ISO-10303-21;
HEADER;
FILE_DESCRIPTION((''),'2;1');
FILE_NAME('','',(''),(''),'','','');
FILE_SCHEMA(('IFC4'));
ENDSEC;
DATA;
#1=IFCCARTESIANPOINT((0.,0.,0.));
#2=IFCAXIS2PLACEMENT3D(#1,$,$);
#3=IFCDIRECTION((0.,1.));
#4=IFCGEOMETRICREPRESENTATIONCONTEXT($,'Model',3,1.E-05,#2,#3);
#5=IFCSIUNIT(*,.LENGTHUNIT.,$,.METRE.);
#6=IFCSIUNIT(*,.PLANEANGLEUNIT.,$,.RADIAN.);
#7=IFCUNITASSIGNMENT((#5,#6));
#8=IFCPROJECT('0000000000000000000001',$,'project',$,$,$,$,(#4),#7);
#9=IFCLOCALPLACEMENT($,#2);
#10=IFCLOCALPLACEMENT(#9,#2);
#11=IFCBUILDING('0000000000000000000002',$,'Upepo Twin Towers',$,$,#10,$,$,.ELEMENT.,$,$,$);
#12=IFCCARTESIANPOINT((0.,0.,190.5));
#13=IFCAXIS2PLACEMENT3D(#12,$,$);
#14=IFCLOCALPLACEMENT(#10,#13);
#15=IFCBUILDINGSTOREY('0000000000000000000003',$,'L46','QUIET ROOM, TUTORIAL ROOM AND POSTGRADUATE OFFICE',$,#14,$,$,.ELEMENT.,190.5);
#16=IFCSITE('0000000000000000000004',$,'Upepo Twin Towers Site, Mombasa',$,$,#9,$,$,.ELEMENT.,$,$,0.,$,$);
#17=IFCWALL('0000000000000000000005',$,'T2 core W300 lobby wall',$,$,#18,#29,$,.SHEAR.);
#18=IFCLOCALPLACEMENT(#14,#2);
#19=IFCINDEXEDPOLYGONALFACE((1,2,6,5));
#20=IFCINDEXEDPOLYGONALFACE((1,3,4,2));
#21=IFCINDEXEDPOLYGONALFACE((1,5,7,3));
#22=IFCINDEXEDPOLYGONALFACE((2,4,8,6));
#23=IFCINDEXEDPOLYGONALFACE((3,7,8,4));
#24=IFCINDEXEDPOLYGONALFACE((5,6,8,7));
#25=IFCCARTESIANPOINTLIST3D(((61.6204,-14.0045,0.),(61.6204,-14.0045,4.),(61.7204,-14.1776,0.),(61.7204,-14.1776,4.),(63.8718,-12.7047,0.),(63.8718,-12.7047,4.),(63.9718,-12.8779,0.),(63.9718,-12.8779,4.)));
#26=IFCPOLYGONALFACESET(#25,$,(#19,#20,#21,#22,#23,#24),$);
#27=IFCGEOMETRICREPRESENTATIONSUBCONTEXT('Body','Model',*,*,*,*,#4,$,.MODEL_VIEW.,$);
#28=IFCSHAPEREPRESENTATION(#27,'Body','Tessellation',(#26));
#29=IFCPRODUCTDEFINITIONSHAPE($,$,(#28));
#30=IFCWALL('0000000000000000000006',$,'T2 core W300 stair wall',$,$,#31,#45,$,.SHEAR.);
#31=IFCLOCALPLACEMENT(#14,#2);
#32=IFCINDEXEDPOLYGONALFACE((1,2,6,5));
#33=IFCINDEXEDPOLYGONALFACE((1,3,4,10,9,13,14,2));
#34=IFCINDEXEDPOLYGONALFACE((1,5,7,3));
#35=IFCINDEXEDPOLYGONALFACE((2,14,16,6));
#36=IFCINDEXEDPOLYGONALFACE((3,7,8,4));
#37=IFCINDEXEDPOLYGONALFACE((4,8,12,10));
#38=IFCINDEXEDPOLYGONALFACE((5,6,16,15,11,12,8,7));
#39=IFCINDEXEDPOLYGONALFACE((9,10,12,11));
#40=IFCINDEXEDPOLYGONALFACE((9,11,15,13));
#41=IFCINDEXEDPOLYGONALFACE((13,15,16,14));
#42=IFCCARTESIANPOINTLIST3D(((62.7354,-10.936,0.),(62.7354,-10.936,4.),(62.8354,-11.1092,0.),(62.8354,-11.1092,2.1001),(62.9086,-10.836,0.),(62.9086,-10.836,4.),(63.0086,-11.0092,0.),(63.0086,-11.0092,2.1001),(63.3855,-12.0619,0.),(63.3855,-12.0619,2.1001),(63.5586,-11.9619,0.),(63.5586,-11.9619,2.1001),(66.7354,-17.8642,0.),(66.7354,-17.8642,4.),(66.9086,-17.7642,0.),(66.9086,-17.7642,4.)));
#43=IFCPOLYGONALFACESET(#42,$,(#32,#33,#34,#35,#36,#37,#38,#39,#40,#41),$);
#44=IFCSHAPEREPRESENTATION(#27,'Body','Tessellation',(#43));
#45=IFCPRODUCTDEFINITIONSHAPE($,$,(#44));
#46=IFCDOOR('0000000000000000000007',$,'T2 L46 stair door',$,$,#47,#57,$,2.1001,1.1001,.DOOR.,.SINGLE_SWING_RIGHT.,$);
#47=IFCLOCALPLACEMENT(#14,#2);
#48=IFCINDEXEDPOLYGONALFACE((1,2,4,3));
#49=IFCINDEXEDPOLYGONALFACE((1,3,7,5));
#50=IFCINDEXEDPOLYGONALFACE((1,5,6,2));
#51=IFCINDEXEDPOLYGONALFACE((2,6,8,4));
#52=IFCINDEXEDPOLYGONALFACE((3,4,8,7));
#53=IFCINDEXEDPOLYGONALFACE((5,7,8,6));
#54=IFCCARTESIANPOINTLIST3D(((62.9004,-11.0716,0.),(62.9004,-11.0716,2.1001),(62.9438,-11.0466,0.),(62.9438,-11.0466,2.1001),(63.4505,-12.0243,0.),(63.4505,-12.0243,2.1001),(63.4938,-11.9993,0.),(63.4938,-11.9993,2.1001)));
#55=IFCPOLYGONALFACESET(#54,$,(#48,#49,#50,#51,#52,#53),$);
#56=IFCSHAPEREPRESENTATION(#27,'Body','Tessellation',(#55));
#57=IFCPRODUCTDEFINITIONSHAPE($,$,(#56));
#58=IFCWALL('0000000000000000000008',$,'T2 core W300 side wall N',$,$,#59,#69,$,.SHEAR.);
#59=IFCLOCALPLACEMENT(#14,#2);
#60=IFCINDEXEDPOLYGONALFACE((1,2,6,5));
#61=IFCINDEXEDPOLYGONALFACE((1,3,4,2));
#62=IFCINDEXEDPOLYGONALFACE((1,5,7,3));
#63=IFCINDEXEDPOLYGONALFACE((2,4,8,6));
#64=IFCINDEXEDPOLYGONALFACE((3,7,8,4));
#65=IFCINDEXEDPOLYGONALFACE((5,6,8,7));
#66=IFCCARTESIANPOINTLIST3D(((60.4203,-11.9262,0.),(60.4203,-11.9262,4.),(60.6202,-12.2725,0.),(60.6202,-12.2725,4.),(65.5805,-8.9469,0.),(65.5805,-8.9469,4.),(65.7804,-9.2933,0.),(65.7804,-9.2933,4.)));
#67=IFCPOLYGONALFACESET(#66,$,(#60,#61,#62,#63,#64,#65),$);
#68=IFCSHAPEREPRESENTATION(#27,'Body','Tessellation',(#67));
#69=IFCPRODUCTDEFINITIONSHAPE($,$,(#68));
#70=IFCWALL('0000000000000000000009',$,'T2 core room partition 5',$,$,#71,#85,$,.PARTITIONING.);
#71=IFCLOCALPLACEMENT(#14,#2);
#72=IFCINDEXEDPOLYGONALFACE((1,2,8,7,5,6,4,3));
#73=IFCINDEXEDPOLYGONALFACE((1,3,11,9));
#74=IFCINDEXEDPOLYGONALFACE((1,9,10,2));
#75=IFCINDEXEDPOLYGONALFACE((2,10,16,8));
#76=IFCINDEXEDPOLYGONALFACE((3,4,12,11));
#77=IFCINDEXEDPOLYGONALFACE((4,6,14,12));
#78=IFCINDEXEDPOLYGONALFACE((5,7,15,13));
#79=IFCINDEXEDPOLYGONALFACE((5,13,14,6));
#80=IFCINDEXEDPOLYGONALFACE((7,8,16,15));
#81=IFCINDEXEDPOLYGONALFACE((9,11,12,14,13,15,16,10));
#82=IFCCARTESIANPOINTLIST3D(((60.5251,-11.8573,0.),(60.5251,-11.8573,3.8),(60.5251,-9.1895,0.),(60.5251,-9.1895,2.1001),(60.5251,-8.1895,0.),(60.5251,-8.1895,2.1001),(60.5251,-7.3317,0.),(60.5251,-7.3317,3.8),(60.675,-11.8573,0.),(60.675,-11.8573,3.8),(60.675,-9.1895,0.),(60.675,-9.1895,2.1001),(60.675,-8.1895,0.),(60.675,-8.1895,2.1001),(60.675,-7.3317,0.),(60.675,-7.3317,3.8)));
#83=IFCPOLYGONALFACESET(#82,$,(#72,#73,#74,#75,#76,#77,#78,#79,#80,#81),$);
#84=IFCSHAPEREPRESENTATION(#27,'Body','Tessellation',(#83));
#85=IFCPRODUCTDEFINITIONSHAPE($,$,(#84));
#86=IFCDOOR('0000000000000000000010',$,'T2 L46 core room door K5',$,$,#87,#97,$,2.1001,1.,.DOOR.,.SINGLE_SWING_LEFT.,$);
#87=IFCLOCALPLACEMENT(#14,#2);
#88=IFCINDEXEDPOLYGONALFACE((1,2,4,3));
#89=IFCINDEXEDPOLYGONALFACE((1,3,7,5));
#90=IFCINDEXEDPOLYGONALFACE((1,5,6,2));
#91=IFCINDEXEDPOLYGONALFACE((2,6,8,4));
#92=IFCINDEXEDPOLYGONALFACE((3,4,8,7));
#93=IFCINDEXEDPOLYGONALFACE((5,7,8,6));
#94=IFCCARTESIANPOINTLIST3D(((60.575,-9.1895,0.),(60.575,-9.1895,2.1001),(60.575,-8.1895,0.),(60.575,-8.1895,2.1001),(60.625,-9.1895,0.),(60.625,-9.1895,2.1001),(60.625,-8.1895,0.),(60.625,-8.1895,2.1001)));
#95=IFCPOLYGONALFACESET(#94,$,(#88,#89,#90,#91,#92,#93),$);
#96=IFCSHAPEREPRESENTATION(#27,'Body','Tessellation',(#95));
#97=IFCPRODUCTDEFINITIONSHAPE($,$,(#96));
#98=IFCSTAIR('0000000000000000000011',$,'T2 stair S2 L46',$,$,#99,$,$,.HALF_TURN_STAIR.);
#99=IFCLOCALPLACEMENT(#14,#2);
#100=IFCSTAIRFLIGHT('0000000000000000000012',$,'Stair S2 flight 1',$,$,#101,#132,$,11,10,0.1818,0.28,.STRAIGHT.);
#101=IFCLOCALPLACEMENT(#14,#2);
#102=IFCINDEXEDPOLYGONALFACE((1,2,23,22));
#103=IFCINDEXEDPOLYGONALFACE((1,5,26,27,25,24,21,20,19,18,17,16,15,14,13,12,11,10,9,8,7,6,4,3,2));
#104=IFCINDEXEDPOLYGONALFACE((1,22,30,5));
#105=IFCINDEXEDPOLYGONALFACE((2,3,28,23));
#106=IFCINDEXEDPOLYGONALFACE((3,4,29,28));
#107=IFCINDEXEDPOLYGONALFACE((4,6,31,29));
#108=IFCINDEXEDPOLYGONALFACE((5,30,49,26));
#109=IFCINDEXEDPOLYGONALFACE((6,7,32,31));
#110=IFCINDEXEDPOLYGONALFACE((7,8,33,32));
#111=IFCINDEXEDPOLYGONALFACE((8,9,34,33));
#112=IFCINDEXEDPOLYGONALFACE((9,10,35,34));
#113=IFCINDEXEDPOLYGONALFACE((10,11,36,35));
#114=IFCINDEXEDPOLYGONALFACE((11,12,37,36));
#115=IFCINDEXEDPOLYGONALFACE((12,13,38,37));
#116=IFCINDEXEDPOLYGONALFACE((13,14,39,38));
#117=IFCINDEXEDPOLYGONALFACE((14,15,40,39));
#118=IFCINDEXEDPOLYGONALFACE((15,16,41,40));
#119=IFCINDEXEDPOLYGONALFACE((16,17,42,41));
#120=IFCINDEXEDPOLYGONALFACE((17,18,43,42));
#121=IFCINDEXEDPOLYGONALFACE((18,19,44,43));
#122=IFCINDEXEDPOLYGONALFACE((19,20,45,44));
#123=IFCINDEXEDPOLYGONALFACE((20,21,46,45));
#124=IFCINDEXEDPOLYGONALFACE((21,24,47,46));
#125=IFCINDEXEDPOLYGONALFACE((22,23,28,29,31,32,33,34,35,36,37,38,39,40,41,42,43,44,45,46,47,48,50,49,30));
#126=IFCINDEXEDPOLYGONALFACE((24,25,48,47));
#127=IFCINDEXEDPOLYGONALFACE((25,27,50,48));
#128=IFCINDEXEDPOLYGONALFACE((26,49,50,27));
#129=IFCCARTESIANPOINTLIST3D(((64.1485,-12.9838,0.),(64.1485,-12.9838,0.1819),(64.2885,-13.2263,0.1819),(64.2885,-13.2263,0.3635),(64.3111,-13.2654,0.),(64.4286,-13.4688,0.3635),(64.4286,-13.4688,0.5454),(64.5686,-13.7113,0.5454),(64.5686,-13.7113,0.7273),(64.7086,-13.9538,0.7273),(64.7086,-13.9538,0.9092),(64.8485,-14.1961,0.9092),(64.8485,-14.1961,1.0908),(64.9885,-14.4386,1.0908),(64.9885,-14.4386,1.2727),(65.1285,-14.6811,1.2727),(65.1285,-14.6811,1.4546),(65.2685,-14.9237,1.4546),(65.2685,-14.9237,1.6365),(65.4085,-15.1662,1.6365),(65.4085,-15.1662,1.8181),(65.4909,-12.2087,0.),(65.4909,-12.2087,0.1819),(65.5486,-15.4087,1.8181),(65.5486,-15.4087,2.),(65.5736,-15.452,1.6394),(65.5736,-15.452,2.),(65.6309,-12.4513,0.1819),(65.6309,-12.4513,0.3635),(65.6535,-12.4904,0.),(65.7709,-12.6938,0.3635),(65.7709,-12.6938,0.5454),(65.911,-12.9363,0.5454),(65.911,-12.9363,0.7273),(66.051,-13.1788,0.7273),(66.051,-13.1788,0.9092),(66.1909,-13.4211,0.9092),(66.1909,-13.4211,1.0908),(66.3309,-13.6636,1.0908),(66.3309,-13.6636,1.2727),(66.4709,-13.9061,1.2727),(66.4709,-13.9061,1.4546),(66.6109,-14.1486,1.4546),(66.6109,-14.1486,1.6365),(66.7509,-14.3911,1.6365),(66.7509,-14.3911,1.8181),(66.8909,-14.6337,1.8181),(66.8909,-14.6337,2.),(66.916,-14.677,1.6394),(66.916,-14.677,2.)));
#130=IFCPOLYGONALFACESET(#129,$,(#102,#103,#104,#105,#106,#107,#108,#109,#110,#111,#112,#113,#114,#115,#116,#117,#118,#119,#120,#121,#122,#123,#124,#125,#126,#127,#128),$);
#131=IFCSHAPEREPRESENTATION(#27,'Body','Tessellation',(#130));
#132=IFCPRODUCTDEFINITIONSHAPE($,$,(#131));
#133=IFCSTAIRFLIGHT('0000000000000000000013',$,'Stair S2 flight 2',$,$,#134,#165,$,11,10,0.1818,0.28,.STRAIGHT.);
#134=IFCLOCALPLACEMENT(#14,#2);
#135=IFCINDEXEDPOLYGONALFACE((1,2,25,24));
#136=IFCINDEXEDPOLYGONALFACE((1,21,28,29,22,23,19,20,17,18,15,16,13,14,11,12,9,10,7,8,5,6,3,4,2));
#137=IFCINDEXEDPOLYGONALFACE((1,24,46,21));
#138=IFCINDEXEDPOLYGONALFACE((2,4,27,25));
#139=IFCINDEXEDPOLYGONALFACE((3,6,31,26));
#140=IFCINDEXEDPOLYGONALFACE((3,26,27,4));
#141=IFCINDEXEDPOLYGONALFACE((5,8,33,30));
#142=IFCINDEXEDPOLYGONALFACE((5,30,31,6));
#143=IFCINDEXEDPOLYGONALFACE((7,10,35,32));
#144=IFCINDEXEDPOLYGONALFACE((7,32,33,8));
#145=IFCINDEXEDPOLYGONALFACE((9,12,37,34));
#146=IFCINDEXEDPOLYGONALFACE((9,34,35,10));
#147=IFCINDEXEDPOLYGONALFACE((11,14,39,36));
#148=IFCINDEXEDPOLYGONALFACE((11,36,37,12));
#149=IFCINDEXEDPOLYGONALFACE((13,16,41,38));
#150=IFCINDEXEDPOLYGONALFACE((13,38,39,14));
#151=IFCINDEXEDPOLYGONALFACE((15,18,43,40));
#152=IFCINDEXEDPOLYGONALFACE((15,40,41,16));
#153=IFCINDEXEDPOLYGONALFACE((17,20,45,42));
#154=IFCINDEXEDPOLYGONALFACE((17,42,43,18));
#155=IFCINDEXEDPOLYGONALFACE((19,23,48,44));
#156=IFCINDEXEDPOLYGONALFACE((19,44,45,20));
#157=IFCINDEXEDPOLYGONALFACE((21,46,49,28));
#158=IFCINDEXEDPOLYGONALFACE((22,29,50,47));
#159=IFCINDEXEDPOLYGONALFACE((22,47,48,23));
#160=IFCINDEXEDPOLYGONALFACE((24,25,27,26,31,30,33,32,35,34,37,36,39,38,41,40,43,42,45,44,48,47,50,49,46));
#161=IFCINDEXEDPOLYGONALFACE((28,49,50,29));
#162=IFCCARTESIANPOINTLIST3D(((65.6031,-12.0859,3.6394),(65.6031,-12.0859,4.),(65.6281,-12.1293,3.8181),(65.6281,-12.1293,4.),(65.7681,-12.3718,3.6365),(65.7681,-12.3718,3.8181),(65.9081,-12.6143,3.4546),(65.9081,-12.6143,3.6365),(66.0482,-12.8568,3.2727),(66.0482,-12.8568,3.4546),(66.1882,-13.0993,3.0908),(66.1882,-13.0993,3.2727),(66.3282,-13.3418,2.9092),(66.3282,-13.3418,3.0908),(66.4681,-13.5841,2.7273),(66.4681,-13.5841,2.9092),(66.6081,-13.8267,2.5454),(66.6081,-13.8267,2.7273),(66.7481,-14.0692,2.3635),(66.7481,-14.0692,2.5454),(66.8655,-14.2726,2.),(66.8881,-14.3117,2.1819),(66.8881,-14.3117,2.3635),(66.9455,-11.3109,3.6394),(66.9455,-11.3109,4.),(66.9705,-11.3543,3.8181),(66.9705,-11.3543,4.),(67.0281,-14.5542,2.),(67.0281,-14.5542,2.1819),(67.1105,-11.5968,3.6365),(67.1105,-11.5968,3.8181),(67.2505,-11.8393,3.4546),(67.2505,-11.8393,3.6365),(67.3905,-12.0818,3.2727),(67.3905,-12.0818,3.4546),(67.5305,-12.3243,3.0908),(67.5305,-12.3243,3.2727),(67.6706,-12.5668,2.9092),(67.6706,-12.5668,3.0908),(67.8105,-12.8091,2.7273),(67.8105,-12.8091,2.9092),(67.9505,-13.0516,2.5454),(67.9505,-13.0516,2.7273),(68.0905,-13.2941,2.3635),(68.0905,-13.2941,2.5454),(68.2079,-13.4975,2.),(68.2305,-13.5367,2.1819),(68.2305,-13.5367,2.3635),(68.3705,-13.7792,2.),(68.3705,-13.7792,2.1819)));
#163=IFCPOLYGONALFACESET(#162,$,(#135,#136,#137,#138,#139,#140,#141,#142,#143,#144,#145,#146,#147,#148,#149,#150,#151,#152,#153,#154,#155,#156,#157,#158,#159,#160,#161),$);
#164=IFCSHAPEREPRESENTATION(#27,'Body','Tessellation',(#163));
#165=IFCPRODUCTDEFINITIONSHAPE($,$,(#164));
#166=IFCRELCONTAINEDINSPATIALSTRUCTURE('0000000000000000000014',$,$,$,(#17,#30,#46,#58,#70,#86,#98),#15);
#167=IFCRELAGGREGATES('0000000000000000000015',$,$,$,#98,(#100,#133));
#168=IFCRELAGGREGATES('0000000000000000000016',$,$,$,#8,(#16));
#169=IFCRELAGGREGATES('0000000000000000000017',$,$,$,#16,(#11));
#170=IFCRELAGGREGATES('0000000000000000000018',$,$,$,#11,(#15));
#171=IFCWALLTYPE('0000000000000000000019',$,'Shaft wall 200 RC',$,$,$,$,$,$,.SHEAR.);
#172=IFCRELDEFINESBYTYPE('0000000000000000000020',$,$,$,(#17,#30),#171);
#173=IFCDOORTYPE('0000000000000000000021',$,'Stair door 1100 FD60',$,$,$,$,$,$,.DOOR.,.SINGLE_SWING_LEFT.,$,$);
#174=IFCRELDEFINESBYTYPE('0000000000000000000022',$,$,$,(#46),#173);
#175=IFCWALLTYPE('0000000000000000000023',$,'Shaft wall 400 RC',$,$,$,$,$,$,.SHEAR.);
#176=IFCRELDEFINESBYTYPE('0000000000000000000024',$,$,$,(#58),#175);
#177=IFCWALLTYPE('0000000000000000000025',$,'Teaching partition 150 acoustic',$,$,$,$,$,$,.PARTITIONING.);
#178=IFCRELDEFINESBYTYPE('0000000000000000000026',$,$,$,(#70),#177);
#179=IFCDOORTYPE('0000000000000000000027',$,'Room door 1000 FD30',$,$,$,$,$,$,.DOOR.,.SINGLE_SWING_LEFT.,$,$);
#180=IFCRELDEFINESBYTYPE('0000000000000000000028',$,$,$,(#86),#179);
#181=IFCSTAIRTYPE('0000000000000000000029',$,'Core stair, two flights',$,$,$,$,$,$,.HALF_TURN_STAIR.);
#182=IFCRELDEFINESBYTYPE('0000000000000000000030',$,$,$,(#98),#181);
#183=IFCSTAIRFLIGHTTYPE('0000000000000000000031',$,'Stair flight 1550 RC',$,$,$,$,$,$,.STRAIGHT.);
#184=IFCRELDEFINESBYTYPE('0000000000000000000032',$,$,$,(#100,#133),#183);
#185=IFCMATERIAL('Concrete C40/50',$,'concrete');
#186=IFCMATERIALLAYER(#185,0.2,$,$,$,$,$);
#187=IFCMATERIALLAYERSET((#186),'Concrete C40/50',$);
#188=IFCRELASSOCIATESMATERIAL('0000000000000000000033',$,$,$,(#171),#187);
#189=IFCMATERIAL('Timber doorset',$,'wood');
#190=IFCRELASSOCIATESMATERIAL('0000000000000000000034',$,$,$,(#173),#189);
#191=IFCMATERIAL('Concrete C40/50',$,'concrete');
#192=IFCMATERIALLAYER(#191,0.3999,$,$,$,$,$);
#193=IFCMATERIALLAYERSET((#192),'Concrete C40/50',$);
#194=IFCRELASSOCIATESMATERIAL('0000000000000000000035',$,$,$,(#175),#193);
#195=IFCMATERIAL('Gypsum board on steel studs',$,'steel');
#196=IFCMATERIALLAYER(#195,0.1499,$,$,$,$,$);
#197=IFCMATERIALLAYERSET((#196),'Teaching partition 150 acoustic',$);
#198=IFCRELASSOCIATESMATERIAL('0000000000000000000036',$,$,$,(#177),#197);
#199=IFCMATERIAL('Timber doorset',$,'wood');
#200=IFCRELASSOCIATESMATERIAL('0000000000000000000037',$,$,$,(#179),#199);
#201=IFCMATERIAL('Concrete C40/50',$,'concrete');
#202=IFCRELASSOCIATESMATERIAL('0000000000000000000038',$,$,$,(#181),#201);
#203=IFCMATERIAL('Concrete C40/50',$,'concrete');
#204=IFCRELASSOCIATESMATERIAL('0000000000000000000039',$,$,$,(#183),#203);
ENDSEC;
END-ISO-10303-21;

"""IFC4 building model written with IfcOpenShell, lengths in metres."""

from ifc_helpers import new_model, si_unit, direction, frame, frame_2d, origin, place, context, subcontext, project, spatial, polyline, rectangle, outline, extrude, material, layer, layer_set, type_object, element, fill, aggregate, save


model = new_model("IFC4")

# Units and contexts
model_context = context("Model", 3, precision=1e-05, world=origin(), true_north=direction((0.0, 1.0)))
body_context = subcontext(model_context, "Body", "Model", "MODEL_VIEW")
ifc_project = project(units=[si_unit("LENGTHUNIT", "METRE"), si_unit("PLANEANGLEUNIT", "RADIAN")], contexts=[model_context])

# Site, building, storey
site_placement = place(None, origin())
site = spatial("IfcSite", under=ifc_project, at=site_placement, Name="Upepo Twin Towers Site, Mombasa", CompositionType="ELEMENT", RefElevation=0.0)
building_placement = place(site_placement, origin())
building = spatial("IfcBuilding", under=site, at=building_placement, Name="Upepo Twin Towers", CompositionType="ELEMENT")
storey_placement = place(building_placement, frame((0.0, 0.0, 190.5)))
storey = spatial("IfcBuildingStorey", under=building, at=storey_placement, Name="L46", Description="QUIET ROOM, TUTORIAL ROOM AND POSTGRADUATE OFFICE", CompositionType="ELEMENT", Elevation=190.5)

# Wall
ifc_material_1 = material(Name="Concrete C40/50", Category="concrete")
ifc_layer_1 = layer(ifc_material_1, 0.2)
ifc_layer_set_1 = layer_set([ifc_layer_1], Name="Concrete C40/50")
wall_type_1 = type_object("IfcWallType", Name="Shaft wall 200 RC", PredefinedType="SHEAR", material=ifc_layer_set_1)
wall_1_placement = place(storey_placement, frame((61.6704, -14.0911, 0.0), z_axis=(0.0, 0.0, 1.0), x_axis=(0.866039, 0.499977, 0.0)))
element("IfcWall", 1, at=wall_1_placement, inside=storey, type_object=wall_type_1, Name="T2 core W300 lobby wall", PredefinedType="SHEAR", context=body_context, shape_type="SweptSolid", body=[
    extrude(rectangle(XDim=2.5996, YDim=0.2, at=frame_2d((1.2998, 0.0))), origin(), (0.0, 0.0, 1.0), 4.0),
])

# Wall, opening, door
wall_2_placement = place(storey_placement, frame((66.822, -17.8142, 0.0), z_axis=(0.0, 0.0, 1.0), x_axis=(-0.499999, 0.866026, 0.0)))
wall_2 = element("IfcWall", 2, at=wall_2_placement, inside=storey, type_object=wall_type_1, Name="T2 core W300 stair wall", PredefinedType="SHEAR", context=body_context, shape_type="SweptSolid", body=[
    extrude(rectangle(XDim=8.0, YDim=0.2, at=frame_2d((4.0, 0.0))), origin(), (0.0, 0.0, 1.0), 4.0),
])
opening_1_placement = place(wall_2_placement, frame((6.7, 0.0, 0.0)))
opening_1 = element("IfcOpeningElement", 3, at=opening_1_placement, cuts=wall_2, PredefinedType="OPENING", context=body_context, shape_type="SweptSolid", body=[
    extrude(rectangle(XDim=1.1001, YDim=2.1001, at=frame_2d((0.55, 1.05))), frame((0.0, 0.1099, 0.0), z_axis=(0.0, -1.0, 0.0), x_axis=(1.0, 0.0, 0.0)), (0.0, 0.0, 1.0), 0.22),
])
ifc_material_2 = material(Name="Timber doorset", Category="wood")
door_type_1 = type_object("IfcDoorType", Name="Stair door 1100 FD60", OperationType="SINGLE_SWING_LEFT", PredefinedType="DOOR", material=ifc_material_2)
door_1_placement = place(opening_1_placement, origin())
door_1 = element("IfcDoor", 4, at=door_1_placement, inside=storey, type_object=door_type_1, Name="T2 L46 stair door", OperationType="SINGLE_SWING_RIGHT", OverallHeight=2.1001, OverallWidth=1.1001, PredefinedType="DOOR", context=body_context, shape_type="SweptSolid", body=[
    extrude(rectangle(XDim=1.1001, YDim=2.1001, at=frame_2d((0.55, 1.05))), frame((0.0, 0.0249, 0.0), z_axis=(0.0, -1.0, 0.0), x_axis=(1.0, 0.0, 0.0)), (0.0, 0.0, 1.0), 0.05),
])
fill(opening_1, door_1)

# Wall
ifc_material_3 = material(Name="Concrete C40/50", Category="concrete")
ifc_layer_2 = layer(ifc_material_3, 0.3999)
ifc_layer_set_2 = layer_set([ifc_layer_2], Name="Concrete C40/50")
wall_type_2 = type_object("IfcWallType", Name="Shaft wall 400 RC", PredefinedType="SHEAR", material=ifc_layer_set_2)
wall_3_placement = place(storey_placement, frame((60.5203, -12.0994, 0.0), z_axis=(0.0, 0.0, 1.0), x_axis=(0.866023, 0.500004, 0.0)))
element("IfcWall", 5, at=wall_3_placement, inside=storey, type_object=wall_type_2, Name="T2 core W300 side wall N", PredefinedType="SHEAR", context=body_context, shape_type="SweptSolid", body=[
    extrude(rectangle(XDim=5.9585, YDim=0.3999, at=frame_2d((2.9792, 0.0))), origin(), (0.0, 0.0, 1.0), 4.0),
])

# Wall, opening, door
ifc_material_4 = material(Name="Gypsum board on steel studs", Category="steel")
ifc_layer_3 = layer(ifc_material_4, 0.1499)
ifc_layer_set_3 = layer_set([ifc_layer_3], Name="Teaching partition 150 acoustic")
wall_type_3 = type_object("IfcWallType", Name="Teaching partition 150 acoustic", PredefinedType="PARTITIONING", material=ifc_layer_set_3)
wall_4_placement = place(storey_placement, frame((60.6001, -7.3318, 0.0), z_axis=(0.0, 0.0, 1.0), x_axis=(0.0, -1.0, 0.0)))
wall_4 = element("IfcWall", 6, at=wall_4_placement, inside=storey, type_object=wall_type_3, Name="T2 core room partition 5", PredefinedType="PARTITIONING", context=body_context, shape_type="SweptSolid", body=[
    extrude(rectangle(XDim=4.5256, YDim=0.1499, at=frame_2d((2.2627, 0.0))), origin(), (0.0, 0.0, 1.0), 3.8),
])
opening_2_placement = place(wall_4_placement, frame((0.8577, 0.0, 0.0)))
opening_2 = element("IfcOpeningElement", 7, at=opening_2_placement, cuts=wall_4, PredefinedType="OPENING", context=body_context, shape_type="SweptSolid", body=[
    extrude(rectangle(XDim=1.0, YDim=2.1001, at=frame_2d((0.5, 1.05))), frame((0.0, 0.085, 0.0), z_axis=(0.0, -1.0, 0.0), x_axis=(1.0, 0.0, 0.0)), (0.0, 0.0, 1.0), 0.1699),
])
ifc_material_5 = material(Name="Timber doorset", Category="wood")
door_type_2 = type_object("IfcDoorType", Name="Room door 1000 FD30", OperationType="SINGLE_SWING_LEFT", PredefinedType="DOOR", material=ifc_material_5)
door_2_placement = place(opening_2_placement, origin())
door_2 = element("IfcDoor", 8, at=door_2_placement, inside=storey, type_object=door_type_2, Name="T2 L46 core room door K5", OperationType="SINGLE_SWING_LEFT", OverallHeight=2.1001, OverallWidth=1.0, PredefinedType="DOOR", context=body_context, shape_type="SweptSolid", body=[
    extrude(rectangle(XDim=1.0, YDim=2.1001, at=frame_2d((0.5, 1.05))), frame((0.0, 0.0249, 0.0), z_axis=(0.0, -1.0, 0.0), x_axis=(1.0, 0.0, 0.0)), (0.0, 0.0, 1.0), 0.05),
])
fill(opening_2, door_2)

# Stair, stair flights
ifc_material_6 = material(Name="Concrete C40/50", Category="concrete")
stair_type = type_object("IfcStairType", Name="Core stair, two flights", PredefinedType="HALF_TURN_STAIR", material=ifc_material_6)
stair_placement = place(storey_placement, origin())
stair = element("IfcStair", 9, at=stair_placement, inside=storey, type_object=stair_type, Name="T2 stair S2 L46", PredefinedType="HALF_TURN_STAIR")
ifc_material_7 = material(Name="Concrete C40/50", Category="concrete")
stair_flight_type = type_object("IfcStairFlightType", Name="Stair flight 1550 RC", PredefinedType="STRAIGHT", material=ifc_material_7)
stair_flight_1_placement = place(storey_placement, frame((64.8198, -12.5962, 0.0), z_axis=(0.0, 0.0, 1.0), x_axis=(0.5, -0.866025, 0.0)))
stair_flight_1 = element("IfcStairFlight", 10, at=stair_flight_1_placement, type_object=stair_flight_type, Name="Stair S2 flight 1", NumberOfRisers=11, NumberOfTreads=10, PredefinedType="STRAIGHT", RiserHeight=0.1818, TreadLength=0.28, context=body_context, shape_type="SweptSolid", body=[
    extrude(outline(polyline([(0.0, 0.0), (0.0, 0.1819), (0.28, 0.1819), (0.28, 0.3635), (0.5601, 0.3635), (0.5601, 0.5454), (0.8401, 0.5454), (0.8401, 0.7273), (1.1201, 0.7273), (1.1201, 0.9092), (1.3999, 0.9092), (1.3999, 1.0908), (1.6799, 1.0908), (1.6799, 1.2727), (1.96, 1.2727), (1.96, 1.4546), (2.24, 1.4546), (2.24, 1.6365), (2.52, 1.6365), (2.52, 1.8181), (2.8, 1.8181), (2.8, 2.0), (2.8501, 2.0), (2.8501, 1.6394), (0.3252, 0.0), (0.0, 0.0)])), frame((0.0, 0.7749, 0.0), z_axis=(0.0, -1.0, 0.0), x_axis=(1.0, 0.0, 0.0)), (0.0, 0.0, 1.0), 1.55),
])
stair_flight_2_placement = place(storey_placement, frame((67.6992, -14.1667, 2.0), z_axis=(0.0, 0.0, 1.0), x_axis=(-0.5, 0.866025, 0.0)))
stair_flight_2 = element("IfcStairFlight", 11, at=stair_flight_2_placement, type_object=stair_flight_type, Name="Stair S2 flight 2", NumberOfRisers=11, NumberOfTreads=10, PredefinedType="STRAIGHT", RiserHeight=0.1818, TreadLength=0.28, context=body_context, shape_type="SweptSolid", body=[
    extrude(outline(polyline([(0.0, 0.0), (0.0, 0.1819), (0.28, 0.1819), (0.28, 0.3635), (0.5601, 0.3635), (0.5601, 0.5454), (0.8401, 0.5454), (0.8401, 0.7273), (1.1201, 0.7273), (1.1201, 0.9092), (1.3999, 0.9092), (1.3999, 1.0908), (1.6799, 1.0908), (1.6799, 1.2727), (1.96, 1.2727), (1.96, 1.4546), (2.24, 1.4546), (2.24, 1.6365), (2.52, 1.6365), (2.52, 1.8181), (2.8, 1.8181), (2.8, 2.0), (2.8501, 2.0), (2.8501, 1.6394), (0.3252, 0.0), (0.0, 0.0)])), frame((0.0, 0.7749, 0.0), z_axis=(0.0, -1.0, 0.0), x_axis=(1.0, 0.0, 0.0)), (0.0, 0.0, 1.0), 1.55),
])
aggregate(stair, [stair_flight_1, stair_flight_2])

save(model, "model.ifc")
